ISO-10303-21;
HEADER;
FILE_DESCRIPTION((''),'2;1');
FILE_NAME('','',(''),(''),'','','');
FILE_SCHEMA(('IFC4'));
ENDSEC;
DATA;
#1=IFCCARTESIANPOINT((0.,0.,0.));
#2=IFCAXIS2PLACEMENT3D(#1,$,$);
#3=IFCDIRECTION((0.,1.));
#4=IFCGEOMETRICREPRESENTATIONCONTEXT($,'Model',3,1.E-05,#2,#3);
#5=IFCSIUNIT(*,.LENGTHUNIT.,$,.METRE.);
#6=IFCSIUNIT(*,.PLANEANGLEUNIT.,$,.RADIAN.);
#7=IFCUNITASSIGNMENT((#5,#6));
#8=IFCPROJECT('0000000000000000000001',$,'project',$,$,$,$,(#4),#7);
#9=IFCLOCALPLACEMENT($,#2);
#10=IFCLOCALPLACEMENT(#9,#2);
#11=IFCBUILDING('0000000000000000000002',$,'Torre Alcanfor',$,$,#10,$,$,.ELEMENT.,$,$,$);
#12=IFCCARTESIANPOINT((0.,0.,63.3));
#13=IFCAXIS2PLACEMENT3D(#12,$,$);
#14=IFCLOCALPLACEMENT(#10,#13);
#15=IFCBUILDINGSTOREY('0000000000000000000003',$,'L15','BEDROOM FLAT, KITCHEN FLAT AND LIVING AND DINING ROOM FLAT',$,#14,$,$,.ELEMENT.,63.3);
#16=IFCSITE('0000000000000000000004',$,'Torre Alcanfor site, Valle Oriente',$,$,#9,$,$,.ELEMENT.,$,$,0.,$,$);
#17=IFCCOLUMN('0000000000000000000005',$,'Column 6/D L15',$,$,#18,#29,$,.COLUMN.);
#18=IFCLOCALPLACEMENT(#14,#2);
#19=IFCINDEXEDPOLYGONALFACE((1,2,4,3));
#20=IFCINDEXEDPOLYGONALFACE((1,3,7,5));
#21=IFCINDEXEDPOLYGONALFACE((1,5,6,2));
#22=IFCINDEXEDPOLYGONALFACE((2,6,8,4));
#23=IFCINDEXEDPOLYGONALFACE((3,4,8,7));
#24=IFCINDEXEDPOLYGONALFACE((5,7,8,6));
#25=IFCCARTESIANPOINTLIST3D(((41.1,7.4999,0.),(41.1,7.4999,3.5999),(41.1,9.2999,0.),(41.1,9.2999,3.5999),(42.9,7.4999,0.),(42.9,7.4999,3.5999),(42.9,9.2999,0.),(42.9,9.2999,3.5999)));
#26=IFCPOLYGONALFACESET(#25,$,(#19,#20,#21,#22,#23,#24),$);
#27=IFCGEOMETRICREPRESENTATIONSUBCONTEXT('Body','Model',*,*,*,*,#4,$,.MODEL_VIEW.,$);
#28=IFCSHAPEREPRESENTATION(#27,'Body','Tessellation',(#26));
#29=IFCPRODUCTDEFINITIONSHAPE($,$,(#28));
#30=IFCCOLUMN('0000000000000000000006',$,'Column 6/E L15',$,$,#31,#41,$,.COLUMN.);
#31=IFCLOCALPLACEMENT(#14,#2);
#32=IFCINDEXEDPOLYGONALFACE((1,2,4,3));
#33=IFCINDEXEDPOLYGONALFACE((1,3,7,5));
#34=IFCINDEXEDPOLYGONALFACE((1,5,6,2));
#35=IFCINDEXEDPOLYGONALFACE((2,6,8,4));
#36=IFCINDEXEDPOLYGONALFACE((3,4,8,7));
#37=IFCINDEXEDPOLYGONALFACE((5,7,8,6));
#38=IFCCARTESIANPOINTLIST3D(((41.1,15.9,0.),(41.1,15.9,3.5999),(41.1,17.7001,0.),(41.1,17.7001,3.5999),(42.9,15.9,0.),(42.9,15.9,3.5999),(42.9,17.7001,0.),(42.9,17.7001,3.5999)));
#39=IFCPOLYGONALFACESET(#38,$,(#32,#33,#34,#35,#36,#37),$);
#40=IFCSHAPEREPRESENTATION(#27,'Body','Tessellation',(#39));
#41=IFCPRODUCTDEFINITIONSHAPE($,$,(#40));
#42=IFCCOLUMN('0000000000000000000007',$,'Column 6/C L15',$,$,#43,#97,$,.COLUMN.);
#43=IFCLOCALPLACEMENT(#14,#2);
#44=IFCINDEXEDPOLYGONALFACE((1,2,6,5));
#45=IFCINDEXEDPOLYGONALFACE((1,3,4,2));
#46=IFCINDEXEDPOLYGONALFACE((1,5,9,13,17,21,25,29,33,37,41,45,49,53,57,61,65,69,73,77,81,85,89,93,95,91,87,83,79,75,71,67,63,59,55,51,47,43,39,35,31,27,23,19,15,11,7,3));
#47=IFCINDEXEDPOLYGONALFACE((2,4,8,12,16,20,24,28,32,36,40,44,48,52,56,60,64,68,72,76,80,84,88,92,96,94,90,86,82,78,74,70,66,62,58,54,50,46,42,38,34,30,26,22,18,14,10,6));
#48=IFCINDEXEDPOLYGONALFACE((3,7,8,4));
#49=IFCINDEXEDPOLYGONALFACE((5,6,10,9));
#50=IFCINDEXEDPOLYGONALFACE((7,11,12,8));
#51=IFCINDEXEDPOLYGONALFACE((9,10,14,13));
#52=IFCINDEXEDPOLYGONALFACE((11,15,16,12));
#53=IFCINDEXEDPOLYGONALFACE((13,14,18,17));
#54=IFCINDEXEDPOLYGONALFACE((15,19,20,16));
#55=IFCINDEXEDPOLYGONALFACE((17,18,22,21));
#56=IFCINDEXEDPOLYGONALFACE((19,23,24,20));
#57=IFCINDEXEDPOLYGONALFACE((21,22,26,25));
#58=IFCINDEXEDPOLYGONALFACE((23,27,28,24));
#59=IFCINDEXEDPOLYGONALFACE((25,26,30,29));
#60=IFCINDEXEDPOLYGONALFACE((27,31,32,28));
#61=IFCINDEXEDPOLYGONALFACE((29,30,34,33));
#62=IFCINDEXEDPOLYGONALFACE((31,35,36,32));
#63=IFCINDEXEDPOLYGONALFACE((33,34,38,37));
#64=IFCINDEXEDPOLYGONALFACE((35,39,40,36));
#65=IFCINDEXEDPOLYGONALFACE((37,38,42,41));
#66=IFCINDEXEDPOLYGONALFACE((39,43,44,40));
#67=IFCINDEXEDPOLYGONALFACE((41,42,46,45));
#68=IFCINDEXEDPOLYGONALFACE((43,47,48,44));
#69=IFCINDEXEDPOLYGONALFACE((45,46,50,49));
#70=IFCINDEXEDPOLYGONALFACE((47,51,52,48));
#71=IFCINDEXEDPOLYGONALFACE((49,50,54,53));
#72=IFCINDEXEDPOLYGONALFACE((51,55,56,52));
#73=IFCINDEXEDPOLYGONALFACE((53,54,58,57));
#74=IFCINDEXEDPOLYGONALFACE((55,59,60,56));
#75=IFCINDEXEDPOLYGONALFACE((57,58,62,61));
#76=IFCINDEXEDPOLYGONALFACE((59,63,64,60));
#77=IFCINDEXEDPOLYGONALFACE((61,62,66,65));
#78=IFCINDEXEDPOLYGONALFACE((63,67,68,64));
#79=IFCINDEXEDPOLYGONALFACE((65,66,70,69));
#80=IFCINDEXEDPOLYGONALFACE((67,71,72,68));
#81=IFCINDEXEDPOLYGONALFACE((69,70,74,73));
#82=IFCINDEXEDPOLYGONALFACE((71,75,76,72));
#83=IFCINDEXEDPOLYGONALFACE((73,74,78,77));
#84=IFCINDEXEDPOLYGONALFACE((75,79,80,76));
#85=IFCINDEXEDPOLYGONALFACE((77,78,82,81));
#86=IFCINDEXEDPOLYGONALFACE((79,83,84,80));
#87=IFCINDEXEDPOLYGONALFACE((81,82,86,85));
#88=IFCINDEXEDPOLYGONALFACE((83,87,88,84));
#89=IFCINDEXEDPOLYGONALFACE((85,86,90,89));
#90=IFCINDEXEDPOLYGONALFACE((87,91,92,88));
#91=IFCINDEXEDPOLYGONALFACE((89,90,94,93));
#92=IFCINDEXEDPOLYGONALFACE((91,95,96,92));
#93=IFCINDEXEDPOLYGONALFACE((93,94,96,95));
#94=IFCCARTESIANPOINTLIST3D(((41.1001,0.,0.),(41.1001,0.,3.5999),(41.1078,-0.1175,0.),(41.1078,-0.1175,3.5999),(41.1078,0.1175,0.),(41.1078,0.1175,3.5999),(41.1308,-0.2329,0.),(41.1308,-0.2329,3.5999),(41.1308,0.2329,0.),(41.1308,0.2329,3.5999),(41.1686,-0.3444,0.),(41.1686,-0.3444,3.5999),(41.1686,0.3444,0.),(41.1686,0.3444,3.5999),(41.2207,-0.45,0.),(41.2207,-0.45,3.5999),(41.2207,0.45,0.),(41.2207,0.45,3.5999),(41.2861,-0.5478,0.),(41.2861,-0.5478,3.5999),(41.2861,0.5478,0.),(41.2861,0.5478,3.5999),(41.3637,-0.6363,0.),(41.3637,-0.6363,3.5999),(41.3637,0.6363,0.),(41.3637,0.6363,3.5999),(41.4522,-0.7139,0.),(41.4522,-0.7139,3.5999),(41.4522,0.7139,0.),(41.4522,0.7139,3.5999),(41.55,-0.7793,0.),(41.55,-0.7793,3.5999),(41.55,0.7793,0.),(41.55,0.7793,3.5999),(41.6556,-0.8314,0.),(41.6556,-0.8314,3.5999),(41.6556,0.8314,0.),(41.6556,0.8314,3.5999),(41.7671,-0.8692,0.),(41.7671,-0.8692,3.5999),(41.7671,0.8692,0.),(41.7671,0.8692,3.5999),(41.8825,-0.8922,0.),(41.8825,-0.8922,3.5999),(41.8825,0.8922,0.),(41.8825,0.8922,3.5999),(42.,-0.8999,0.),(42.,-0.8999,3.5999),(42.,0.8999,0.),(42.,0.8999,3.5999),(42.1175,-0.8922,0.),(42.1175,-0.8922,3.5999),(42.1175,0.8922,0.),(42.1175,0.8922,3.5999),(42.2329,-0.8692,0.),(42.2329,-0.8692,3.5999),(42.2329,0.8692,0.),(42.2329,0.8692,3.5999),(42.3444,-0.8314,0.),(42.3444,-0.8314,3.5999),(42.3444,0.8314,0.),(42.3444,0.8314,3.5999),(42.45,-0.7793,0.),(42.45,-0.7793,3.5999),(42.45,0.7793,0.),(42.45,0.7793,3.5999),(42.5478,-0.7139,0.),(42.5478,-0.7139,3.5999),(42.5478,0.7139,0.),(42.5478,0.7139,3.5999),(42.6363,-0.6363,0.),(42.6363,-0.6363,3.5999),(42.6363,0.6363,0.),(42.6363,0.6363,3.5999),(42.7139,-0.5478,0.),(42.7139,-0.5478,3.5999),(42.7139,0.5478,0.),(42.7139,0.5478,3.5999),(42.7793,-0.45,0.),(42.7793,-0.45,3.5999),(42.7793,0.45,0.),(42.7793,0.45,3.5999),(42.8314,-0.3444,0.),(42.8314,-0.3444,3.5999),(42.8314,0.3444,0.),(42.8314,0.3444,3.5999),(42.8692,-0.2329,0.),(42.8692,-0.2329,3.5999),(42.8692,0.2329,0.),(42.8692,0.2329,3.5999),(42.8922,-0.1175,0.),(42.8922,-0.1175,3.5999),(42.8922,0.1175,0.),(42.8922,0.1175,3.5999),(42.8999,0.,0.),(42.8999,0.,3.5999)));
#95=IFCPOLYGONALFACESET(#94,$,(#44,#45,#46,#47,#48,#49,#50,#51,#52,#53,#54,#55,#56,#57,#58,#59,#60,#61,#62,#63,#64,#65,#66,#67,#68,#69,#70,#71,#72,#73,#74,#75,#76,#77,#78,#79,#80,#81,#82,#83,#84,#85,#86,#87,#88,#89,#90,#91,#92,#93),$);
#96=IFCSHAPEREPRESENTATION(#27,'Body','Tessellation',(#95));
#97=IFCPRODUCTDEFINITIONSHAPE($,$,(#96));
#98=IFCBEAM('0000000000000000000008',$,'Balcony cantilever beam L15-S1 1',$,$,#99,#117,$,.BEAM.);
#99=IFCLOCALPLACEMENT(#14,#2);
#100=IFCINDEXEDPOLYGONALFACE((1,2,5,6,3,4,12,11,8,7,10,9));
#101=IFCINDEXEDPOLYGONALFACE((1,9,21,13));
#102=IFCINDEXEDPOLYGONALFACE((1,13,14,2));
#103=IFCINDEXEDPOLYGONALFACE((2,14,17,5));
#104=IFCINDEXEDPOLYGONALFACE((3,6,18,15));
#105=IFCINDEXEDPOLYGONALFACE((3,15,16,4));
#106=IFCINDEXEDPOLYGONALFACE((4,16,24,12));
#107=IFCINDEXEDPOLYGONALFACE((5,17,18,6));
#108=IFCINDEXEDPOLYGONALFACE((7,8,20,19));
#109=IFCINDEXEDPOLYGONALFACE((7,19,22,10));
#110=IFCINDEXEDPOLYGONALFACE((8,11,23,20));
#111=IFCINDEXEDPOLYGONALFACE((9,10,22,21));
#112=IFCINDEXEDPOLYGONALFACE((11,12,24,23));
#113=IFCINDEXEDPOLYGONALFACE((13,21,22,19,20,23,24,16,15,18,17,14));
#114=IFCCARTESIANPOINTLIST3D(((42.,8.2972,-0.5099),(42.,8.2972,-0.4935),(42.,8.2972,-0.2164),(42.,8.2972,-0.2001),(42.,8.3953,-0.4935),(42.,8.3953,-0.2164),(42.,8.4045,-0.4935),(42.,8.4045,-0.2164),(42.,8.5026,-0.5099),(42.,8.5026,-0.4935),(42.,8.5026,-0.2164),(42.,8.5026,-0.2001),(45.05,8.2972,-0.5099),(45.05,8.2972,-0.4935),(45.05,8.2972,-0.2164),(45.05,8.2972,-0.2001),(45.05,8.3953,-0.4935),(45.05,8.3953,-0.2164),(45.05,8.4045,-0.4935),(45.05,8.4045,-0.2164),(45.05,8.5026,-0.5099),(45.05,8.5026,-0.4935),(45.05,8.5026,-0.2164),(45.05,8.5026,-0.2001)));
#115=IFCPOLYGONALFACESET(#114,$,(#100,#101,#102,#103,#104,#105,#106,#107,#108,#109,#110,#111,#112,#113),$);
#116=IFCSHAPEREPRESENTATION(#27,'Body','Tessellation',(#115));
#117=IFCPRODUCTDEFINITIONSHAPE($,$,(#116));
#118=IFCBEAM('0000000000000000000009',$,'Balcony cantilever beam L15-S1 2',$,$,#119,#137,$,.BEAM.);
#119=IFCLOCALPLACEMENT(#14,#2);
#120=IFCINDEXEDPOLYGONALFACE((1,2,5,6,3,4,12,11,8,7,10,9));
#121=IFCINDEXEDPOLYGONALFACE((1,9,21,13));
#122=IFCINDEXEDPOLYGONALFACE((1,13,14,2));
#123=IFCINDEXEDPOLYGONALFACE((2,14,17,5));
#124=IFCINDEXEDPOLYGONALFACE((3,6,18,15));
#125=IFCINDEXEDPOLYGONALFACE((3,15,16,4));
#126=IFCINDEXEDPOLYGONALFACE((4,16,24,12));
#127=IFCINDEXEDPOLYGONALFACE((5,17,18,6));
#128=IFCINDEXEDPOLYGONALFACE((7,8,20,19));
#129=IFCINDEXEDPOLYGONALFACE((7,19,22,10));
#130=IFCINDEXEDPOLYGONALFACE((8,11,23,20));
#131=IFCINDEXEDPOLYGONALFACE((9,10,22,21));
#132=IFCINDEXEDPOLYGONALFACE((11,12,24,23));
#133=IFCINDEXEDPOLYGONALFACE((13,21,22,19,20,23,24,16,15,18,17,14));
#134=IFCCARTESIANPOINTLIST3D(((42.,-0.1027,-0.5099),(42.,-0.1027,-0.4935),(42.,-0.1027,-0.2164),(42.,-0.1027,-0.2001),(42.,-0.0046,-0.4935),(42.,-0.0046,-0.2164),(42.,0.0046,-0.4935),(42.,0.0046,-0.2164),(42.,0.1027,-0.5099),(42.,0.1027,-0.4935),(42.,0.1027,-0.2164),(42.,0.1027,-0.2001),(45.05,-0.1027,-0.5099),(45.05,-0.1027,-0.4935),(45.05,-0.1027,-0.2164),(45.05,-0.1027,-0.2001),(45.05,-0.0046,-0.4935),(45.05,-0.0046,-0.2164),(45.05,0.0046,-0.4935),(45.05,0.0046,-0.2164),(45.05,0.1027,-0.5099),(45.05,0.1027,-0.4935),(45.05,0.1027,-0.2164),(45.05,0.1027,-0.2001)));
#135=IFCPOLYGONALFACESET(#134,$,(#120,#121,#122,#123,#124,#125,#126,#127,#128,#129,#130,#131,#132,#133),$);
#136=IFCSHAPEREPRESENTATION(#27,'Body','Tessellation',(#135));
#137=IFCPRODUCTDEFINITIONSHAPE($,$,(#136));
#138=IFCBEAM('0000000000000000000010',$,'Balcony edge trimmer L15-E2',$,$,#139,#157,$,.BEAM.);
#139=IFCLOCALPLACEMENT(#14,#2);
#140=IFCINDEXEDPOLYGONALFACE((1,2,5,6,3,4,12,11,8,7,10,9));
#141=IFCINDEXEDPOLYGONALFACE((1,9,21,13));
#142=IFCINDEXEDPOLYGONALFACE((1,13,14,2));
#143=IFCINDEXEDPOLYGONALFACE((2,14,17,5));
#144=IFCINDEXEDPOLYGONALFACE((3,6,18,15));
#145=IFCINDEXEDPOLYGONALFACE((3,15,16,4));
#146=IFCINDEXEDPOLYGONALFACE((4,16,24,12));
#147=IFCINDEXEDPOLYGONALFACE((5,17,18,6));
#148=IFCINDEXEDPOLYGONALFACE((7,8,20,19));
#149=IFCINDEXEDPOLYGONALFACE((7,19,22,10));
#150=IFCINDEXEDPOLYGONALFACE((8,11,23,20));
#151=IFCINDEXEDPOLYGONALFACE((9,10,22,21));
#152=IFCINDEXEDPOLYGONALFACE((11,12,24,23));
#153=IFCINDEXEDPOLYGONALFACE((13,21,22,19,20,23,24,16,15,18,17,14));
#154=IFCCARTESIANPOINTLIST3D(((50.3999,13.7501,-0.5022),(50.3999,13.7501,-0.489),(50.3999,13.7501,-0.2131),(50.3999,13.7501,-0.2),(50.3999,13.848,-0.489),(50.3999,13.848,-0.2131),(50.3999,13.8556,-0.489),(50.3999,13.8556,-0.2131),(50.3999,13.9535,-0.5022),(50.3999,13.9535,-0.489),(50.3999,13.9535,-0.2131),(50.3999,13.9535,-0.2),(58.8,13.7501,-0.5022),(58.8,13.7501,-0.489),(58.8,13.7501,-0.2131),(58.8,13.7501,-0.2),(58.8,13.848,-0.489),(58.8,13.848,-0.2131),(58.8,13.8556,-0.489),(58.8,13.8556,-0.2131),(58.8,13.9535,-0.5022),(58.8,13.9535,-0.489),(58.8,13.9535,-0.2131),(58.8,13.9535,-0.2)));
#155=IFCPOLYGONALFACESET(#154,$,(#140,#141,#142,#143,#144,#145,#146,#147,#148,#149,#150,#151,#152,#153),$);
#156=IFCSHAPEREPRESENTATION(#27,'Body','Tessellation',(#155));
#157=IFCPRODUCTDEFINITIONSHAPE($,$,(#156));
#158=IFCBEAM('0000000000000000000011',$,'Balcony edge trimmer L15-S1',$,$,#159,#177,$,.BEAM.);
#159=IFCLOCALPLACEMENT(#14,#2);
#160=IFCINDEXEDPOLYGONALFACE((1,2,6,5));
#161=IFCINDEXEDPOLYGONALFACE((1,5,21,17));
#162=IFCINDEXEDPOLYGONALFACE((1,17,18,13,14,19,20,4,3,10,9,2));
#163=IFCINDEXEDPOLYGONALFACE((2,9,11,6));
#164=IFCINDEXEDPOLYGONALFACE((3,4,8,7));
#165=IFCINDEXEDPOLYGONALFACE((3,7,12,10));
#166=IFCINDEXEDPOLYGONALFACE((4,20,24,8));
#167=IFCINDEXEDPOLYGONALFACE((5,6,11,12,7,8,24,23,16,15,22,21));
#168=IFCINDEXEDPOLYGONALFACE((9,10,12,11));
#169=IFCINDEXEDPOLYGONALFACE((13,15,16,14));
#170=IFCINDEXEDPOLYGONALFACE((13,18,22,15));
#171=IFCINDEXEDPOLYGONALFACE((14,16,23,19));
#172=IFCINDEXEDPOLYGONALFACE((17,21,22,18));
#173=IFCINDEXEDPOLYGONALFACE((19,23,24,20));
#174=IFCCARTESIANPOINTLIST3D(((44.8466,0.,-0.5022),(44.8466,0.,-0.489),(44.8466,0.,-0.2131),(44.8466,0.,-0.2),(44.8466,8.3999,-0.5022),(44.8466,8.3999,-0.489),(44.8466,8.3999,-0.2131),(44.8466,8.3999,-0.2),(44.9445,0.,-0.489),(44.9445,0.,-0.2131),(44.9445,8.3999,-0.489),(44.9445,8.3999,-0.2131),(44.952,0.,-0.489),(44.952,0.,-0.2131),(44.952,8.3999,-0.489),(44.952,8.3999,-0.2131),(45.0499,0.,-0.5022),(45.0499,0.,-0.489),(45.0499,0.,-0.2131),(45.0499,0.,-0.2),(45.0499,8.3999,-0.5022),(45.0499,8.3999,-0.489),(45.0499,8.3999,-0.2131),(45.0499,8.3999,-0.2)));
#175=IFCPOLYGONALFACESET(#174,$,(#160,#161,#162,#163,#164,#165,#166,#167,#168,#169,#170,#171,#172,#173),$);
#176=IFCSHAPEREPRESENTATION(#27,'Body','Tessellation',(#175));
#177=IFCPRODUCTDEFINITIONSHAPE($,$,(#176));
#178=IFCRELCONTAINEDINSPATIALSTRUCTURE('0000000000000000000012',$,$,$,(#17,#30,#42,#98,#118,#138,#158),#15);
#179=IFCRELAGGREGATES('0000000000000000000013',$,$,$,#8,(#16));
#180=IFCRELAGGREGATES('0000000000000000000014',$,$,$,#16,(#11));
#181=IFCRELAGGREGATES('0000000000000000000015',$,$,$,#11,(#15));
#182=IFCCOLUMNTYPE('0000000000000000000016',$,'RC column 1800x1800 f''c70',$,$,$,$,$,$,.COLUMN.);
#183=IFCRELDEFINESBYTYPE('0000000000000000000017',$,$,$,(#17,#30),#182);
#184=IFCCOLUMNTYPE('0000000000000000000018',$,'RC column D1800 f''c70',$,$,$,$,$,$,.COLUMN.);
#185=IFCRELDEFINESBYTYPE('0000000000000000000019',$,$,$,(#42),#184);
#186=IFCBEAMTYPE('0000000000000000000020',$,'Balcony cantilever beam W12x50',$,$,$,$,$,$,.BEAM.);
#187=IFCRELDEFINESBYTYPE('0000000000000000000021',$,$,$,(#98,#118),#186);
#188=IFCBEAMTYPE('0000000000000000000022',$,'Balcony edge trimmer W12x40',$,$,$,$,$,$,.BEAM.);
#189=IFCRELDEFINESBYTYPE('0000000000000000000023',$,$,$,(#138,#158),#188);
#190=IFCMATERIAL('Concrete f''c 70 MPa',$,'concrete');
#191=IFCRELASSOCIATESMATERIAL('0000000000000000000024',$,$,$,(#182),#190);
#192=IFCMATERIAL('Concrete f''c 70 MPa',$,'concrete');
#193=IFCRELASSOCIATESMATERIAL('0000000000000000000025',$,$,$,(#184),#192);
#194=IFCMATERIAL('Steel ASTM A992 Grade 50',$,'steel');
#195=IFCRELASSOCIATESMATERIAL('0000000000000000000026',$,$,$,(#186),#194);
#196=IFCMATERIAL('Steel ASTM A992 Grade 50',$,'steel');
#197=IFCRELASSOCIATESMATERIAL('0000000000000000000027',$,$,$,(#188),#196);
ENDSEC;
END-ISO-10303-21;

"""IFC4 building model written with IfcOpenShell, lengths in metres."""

from ifc_helpers import new_model, si_unit, direction, frame, origin, origin_2d, place, context, subcontext, project, spatial, rectangle, circle, i_section, extrude, material, material_profile, profile_set, type_object, element, save


model = new_model("IFC4")

# Units and contexts
model_context = context("Model", 3, precision=1e-05, world=origin(), true_north=direction((0.0, 1.0)))
body_context = subcontext(model_context, "Body", "Model", "MODEL_VIEW")
ifc_project = project(units=[si_unit("LENGTHUNIT", "METRE"), si_unit("PLANEANGLEUNIT", "RADIAN")], contexts=[model_context])

# Site, building, storey
site_placement = place(None, origin())
site = spatial("IfcSite", under=ifc_project, at=site_placement, Name="Torre Alcanfor site, Valle Oriente", CompositionType="ELEMENT", RefElevation=0.0)
building_placement = place(site_placement, origin())
building = spatial("IfcBuilding", under=site, at=building_placement, Name="Torre Alcanfor", CompositionType="ELEMENT")
storey_placement = place(building_placement, frame((0.0, 0.0, 63.3)))
storey = spatial("IfcBuildingStorey", under=building, at=storey_placement, Name="L15", Description="BEDROOM FLAT, KITCHEN FLAT AND LIVING AND DINING ROOM FLAT", CompositionType="ELEMENT", Elevation=63.3)

# Columns
ifc_material_1 = material(Name="Concrete f'c 70 MPa", Category="concrete")
ifc_material_profile_1 = material_profile(ifc_material_1, rectangle(XDim=1.8, YDim=1.8, at=origin_2d()), Name="1800x1800")
ifc_profile_set_1 = profile_set([ifc_material_profile_1], Name="Concrete f'c 70 MPa")
column_type_1 = type_object("IfcColumnType", Name="RC column 1800x1800 f'c70", PredefinedType="COLUMN", material=ifc_profile_set_1)
for number, where, z_axis, x_axis, name in (
    (1, (42.0, 8.3999, 0.0), (0.0, 0.0, 1.0), (1.0, 0.0, 0.0), "Column 6/D L15"),
    (2, (42.0, 16.8, 0.0), (0.0, 0.0, 1.0), (1.0, 0.0, 0.0), "Column 6/E L15"),
):
    element("IfcColumn", number, at=place(storey_placement, frame(where, z_axis=z_axis, x_axis=x_axis)), inside=storey, type_object=column_type_1, Name=name, PredefinedType="COLUMN", context=body_context, shape_type="SweptSolid", body=[
        extrude(rectangle(XDim=1.8, YDim=1.8, at=origin_2d()), origin(), (0.0, 0.0, 1.0), 3.5999),
    ])
ifc_material_2 = material(Name="Concrete f'c 70 MPa", Category="concrete")
ifc_material_profile_2 = material_profile(ifc_material_2, circle(Radius=0.8999, at=origin_2d()), Name="D1800")
ifc_profile_set_2 = profile_set([ifc_material_profile_2], Name="Concrete f'c 70 MPa")
column_type_2 = type_object("IfcColumnType", Name="RC column D1800 f'c70", PredefinedType="COLUMN", material=ifc_profile_set_2)
column_placement = place(storey_placement, frame((42.0, 0.0, 0.0), z_axis=(0.0, 0.0, 1.0), x_axis=(1.0, 0.0, 0.0)))
element("IfcColumn", 3, at=column_placement, inside=storey, type_object=column_type_2, Name="Column 6/C L15", PredefinedType="COLUMN", context=body_context, shape_type="SweptSolid", body=[
    extrude(circle(Radius=0.8999, at=origin_2d()), origin(), (0.0, 0.0, 1.0), 3.5999),
])

# Beams
ifc_material_3 = material(Name="Steel ASTM A992 Grade 50", Category="steel")
ifc_material_profile_3 = material_profile(ifc_material_3, i_section(OverallWidth=0.2053, OverallDepth=0.3098, WebThickness=0.0093, FlangeThickness=0.0164, at=origin_2d()), Name="W12x50")
ifc_profile_set_3 = profile_set([ifc_material_profile_3], Name="Steel ASTM A992 Grade 50")
beam_type_1 = type_object("IfcBeamType", Name="Balcony cantilever beam W12x50", PredefinedType="BEAM", material=ifc_profile_set_3)
for number, where, z_axis, x_axis, name in (
    (4, (42.0, 8.3999, -0.355), (1.0, 0.0, 0.0), (0.0, 1.0, 0.0), "Balcony cantilever beam L15-S1 1"),
    (5, (42.0, 0.0, -0.355), (1.0, 0.0, 0.0), (0.0, 1.0, 0.0), "Balcony cantilever beam L15-S1 2"),
):
    element("IfcBeam", number, at=place(storey_placement, frame(where, z_axis=z_axis, x_axis=x_axis)), inside=storey, type_object=beam_type_1, Name=name, PredefinedType="BEAM", context=body_context, shape_type="SweptSolid", body=[
        extrude(i_section(OverallWidth=0.2053, OverallDepth=0.3098, WebThickness=0.0093, FlangeThickness=0.0164, at=origin_2d()), origin(), (0.0, 0.0, 1.0), 3.05),
    ])
ifc_material_4 = material(Name="Steel ASTM A992 Grade 50", Category="steel")
ifc_material_profile_4 = material_profile(ifc_material_4, i_section(OverallWidth=0.2034, OverallDepth=0.3022, WebThickness=0.0076, FlangeThickness=0.0132, at=origin_2d()), Name="W12x40")
ifc_profile_set_4 = profile_set([ifc_material_profile_4], Name="Steel ASTM A992 Grade 50")
beam_type_2 = type_object("IfcBeamType", Name="Balcony edge trimmer W12x40", PredefinedType="BEAM", material=ifc_profile_set_4)
beam_1_placement = place(storey_placement, frame((50.3999, 13.8518, -0.3511), z_axis=(1.0, 0.0, 0.0), x_axis=(0.0, 1.0, 0.0)))
element("IfcBeam", 6, at=beam_1_placement, inside=storey, type_object=beam_type_2, Name="Balcony edge trimmer L15-E2", PredefinedType="BEAM", context=body_context, shape_type="SweptSolid", body=[
    extrude(i_section(OverallWidth=0.2034, OverallDepth=0.3022, WebThickness=0.0076, FlangeThickness=0.0132, at=origin_2d()), origin(), (0.0, 0.0, 1.0), 8.4001),
])
beam_2_placement = place(storey_placement, frame((44.9482, 8.3999, -0.3511), z_axis=(0.0, -1.0, 0.0), x_axis=(1.0, 0.0, 0.0)))
element("IfcBeam", 7, at=beam_2_placement, inside=storey, type_object=beam_type_2, Name="Balcony edge trimmer L15-S1", PredefinedType="BEAM", context=body_context, shape_type="SweptSolid", body=[
    extrude(i_section(OverallWidth=0.2034, OverallDepth=0.3022, WebThickness=0.0076, FlangeThickness=0.0132, at=origin_2d()), origin(), (0.0, 0.0, 1.0), 8.3999),
])

save(model, "model.ifc")
